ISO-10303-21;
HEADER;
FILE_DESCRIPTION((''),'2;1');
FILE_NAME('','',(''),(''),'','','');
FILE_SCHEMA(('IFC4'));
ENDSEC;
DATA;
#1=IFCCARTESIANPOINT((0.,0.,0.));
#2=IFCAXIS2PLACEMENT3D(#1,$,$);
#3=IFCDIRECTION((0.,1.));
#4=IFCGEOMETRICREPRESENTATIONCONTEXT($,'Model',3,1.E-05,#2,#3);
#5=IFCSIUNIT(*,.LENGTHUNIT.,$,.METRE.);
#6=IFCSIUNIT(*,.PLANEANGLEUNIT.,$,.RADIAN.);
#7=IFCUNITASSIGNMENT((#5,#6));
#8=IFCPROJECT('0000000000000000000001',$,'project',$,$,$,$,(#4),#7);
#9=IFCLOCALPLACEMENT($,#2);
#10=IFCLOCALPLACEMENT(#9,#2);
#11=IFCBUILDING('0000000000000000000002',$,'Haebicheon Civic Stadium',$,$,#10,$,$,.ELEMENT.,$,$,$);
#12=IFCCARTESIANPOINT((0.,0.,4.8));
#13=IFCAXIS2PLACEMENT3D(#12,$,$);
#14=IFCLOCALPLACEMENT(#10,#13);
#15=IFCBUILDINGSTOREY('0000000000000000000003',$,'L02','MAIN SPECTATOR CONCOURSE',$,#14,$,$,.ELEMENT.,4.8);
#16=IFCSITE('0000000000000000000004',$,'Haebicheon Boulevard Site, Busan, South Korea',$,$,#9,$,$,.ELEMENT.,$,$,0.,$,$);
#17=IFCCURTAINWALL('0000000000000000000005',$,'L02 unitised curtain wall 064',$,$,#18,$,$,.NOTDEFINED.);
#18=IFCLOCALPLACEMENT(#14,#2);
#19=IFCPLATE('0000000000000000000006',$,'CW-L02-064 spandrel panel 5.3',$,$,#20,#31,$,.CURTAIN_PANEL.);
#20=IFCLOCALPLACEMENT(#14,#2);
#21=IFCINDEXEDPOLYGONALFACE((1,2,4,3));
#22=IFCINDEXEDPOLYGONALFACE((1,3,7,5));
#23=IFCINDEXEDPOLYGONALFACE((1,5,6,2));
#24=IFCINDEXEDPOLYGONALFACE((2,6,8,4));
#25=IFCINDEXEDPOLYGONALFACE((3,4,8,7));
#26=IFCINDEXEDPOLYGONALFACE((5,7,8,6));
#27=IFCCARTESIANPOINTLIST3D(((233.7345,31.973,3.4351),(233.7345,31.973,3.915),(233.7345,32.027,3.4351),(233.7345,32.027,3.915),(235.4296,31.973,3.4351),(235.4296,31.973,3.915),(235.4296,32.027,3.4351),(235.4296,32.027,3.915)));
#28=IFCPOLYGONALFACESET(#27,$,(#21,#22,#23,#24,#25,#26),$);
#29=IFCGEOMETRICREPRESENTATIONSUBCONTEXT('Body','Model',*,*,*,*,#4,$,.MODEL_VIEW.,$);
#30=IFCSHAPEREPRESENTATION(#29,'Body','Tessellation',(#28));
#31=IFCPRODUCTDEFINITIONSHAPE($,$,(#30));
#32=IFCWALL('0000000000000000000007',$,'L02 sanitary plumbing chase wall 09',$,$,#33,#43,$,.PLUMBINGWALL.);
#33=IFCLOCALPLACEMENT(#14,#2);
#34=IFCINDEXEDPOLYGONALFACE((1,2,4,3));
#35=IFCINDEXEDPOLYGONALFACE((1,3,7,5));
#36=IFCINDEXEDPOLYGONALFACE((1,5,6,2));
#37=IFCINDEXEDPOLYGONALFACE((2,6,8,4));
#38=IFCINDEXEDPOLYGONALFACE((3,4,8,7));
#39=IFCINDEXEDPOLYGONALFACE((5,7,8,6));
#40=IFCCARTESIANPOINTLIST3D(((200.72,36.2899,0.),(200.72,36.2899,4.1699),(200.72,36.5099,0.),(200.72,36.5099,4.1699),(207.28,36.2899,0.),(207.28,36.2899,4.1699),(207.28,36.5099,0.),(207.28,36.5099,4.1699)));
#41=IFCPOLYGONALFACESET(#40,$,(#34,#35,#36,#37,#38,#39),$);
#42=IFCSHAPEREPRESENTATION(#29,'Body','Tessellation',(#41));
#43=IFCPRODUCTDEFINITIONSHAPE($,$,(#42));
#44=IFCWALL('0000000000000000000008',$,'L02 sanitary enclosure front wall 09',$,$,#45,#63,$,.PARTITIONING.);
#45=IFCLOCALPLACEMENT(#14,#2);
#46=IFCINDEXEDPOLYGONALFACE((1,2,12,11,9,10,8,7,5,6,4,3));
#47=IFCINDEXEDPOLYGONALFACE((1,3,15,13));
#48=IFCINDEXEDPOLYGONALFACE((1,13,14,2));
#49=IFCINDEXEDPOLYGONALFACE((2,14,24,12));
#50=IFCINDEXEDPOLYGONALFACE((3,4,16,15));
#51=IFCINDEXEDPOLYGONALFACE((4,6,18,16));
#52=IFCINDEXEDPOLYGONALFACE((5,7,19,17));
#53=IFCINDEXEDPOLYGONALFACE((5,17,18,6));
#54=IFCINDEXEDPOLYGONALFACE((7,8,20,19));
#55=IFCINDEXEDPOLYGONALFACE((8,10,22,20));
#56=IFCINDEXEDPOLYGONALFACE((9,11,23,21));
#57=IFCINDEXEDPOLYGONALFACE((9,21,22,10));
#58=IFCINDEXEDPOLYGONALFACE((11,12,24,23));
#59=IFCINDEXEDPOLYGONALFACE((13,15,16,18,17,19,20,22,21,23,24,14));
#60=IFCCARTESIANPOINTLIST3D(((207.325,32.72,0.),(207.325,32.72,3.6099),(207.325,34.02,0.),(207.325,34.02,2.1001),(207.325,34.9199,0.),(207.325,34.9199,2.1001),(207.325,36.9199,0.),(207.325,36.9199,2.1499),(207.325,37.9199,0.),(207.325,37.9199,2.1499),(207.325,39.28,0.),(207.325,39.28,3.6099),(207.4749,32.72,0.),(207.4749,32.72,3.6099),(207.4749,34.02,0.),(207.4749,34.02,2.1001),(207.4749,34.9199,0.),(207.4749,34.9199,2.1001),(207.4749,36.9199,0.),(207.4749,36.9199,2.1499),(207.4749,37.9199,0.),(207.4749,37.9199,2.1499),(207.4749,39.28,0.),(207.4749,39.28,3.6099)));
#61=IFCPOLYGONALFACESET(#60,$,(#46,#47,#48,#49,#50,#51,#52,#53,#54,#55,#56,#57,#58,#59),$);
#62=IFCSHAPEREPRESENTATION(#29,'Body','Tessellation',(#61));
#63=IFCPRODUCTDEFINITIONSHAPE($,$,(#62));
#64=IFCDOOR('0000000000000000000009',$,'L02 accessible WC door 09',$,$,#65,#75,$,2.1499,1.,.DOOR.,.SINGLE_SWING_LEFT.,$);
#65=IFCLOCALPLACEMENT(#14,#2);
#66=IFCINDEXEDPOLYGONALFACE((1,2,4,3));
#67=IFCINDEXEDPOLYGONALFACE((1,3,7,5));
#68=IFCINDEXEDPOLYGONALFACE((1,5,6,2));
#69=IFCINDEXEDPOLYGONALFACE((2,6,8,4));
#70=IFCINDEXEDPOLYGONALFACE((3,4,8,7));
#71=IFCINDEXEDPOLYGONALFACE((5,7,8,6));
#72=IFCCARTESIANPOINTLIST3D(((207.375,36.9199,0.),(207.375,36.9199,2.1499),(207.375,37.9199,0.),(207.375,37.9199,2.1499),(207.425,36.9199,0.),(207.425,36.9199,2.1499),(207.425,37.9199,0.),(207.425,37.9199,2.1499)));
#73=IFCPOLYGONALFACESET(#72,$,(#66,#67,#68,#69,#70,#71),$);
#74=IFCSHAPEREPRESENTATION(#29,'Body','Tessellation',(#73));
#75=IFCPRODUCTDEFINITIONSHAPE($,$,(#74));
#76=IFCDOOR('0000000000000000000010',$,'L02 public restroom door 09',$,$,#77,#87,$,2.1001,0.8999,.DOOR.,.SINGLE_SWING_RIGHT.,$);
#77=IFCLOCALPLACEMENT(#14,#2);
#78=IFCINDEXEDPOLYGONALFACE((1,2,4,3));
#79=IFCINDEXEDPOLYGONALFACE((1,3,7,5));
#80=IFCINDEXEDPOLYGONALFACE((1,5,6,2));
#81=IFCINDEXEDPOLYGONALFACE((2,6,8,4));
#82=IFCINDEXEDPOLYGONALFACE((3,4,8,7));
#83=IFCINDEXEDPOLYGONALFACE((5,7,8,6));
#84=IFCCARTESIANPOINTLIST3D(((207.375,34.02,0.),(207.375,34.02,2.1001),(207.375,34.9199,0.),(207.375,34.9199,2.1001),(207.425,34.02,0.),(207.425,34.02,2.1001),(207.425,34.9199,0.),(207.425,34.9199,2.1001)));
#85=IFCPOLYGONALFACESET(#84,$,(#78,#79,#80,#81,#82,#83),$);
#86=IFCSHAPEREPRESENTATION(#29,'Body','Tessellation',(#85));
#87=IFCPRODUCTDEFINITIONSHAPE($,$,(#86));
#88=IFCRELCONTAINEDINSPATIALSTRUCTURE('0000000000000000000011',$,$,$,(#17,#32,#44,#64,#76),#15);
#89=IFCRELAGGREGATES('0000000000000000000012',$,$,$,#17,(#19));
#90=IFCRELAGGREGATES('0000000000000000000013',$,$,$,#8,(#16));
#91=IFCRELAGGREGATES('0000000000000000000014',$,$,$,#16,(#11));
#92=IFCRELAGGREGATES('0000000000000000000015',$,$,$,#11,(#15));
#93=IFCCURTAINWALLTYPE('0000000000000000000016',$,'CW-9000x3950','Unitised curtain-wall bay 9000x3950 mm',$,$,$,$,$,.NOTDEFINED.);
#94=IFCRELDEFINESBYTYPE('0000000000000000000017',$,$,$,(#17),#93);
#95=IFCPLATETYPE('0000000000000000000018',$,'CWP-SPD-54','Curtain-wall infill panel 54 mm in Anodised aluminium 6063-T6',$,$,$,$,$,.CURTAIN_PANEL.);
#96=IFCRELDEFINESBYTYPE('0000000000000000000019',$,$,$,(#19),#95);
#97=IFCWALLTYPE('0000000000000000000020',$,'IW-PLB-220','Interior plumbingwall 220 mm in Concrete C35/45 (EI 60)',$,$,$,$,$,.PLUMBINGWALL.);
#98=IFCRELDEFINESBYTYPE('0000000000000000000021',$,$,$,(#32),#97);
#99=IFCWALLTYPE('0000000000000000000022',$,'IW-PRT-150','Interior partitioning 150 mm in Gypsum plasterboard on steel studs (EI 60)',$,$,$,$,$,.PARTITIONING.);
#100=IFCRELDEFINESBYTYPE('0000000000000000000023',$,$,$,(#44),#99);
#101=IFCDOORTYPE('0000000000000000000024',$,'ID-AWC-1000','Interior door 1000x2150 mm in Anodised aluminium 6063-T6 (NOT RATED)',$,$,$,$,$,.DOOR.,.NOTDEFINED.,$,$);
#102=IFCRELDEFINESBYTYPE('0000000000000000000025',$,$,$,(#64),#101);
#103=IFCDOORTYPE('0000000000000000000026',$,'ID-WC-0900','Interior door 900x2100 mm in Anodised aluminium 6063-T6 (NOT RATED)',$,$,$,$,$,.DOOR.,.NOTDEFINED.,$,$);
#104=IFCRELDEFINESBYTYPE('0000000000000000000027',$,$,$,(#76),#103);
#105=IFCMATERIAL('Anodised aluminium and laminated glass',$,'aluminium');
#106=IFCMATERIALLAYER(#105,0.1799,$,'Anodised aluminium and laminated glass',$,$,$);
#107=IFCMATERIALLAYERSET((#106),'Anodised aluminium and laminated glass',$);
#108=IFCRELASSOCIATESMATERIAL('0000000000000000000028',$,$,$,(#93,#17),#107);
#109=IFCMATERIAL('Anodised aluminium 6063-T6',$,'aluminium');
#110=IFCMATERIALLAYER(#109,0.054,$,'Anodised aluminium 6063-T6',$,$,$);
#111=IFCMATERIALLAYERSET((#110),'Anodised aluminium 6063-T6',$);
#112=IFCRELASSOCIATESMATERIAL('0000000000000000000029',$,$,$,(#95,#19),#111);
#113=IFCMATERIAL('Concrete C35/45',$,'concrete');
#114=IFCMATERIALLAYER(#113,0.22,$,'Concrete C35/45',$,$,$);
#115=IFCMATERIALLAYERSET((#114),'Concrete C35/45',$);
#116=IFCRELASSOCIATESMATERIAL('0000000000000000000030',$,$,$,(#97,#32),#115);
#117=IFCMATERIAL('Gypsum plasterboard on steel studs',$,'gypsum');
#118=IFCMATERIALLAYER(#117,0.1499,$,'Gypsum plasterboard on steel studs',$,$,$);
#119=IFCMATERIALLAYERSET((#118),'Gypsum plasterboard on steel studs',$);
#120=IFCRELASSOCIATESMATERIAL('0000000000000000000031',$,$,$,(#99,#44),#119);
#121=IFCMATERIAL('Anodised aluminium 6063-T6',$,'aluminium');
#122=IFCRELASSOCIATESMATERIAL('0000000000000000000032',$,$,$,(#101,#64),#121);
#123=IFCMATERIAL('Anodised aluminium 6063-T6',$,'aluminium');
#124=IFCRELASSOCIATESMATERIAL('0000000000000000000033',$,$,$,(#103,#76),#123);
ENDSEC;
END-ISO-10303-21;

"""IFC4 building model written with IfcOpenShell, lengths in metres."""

from ifc_helpers import new_model, si_unit, direction, frame, frame_2d, origin, origin_2d, place, context, subcontext, project, spatial, rectangle, extrude, material, layer, layer_set, type_object, element, fill, aggregate, save


model = new_model("IFC4")

# Units and contexts
model_context = context("Model", 3, precision=1e-05, world=origin(), true_north=direction((0.0, 1.0)))
body_context = subcontext(model_context, "Body", "Model", "MODEL_VIEW")
ifc_project = project(units=[si_unit("LENGTHUNIT", "METRE"), si_unit("PLANEANGLEUNIT", "RADIAN")], contexts=[model_context])

# Site, building, storey
site_placement = place(None, origin())
site = spatial("IfcSite", under=ifc_project, at=site_placement, Name="Haebicheon Boulevard Site, Busan, South Korea", CompositionType="ELEMENT", RefElevation=0.0)
building_placement = place(site_placement, origin())
building = spatial("IfcBuilding", under=site, at=building_placement, Name="Haebicheon Civic Stadium", CompositionType="ELEMENT")
storey_placement = place(building_placement, frame((0.0, 0.0, 4.8)))
storey = spatial("IfcBuildingStorey", under=building, at=storey_placement, Name="L02", Description="MAIN SPECTATOR CONCOURSE", CompositionType="ELEMENT", Elevation=4.8)

# Curtain wall
ifc_material_1 = material(Name="Anodised aluminium and laminated glass", Category="aluminium")
ifc_layer_1 = layer(ifc_material_1, 0.1799, Name="Anodised aluminium and laminated glass")
ifc_layer_set_1 = layer_set([ifc_layer_1], Name="Anodised aluminium and laminated glass")
curtain_wall_type = type_object("IfcCurtainWallType", Name="CW-9000x3950", Description="Unitised curtain-wall bay 9000x3950 mm", PredefinedType="NOTDEFINED", material=ifc_layer_set_1)
curtain_wall_placement = place(storey_placement, origin())
curtain_wall = element("IfcCurtainWall", 1, at=curtain_wall_placement, inside=storey, type_object=curtain_wall_type, material=ifc_layer_set_1, Name="L02 unitised curtain wall 064", PredefinedType="NOTDEFINED")

# Plate
ifc_material_2 = material(Name="Anodised aluminium 6063-T6", Category="aluminium")
ifc_layer_2 = layer(ifc_material_2, 0.054, Name="Anodised aluminium 6063-T6")
ifc_layer_set_2 = layer_set([ifc_layer_2], Name="Anodised aluminium 6063-T6")
plate_type_1 = type_object("IfcPlateType", Name="CWP-SPD-54", Description="Curtain-wall infill panel 54 mm in Anodised aluminium 6063-T6", PredefinedType="CURTAIN_PANEL", material=ifc_layer_set_2)
plate_1_placement = place(storey_placement, frame((234.582, 32.0, 3.4351), z_axis=(0.0, 0.0, 1.0), x_axis=(1.0, 0.0, 0.0)))
plate_1 = element("IfcPlate", 2, at=plate_1_placement, type_object=plate_type_1, material=ifc_layer_set_2, Name="CW-L02-064 spandrel panel 5.3", PredefinedType="CURTAIN_PANEL", context=body_context, shape_type="SweptSolid", body=[
    extrude(rectangle(XDim=1.6951, YDim=0.054, at=origin_2d()), origin(), (0.0, 0.0, 1.0), 0.48),
])
aggregate(curtain_wall, [plate_1])

# Wall
ifc_material_3 = material(Name="Concrete C35/45", Category="concrete")
ifc_layer_3 = layer(ifc_material_3, 0.22, Name="Concrete C35/45")
ifc_layer_set_3 = layer_set([ifc_layer_3], Name="Concrete C35/45")
wall_type_1 = type_object("IfcWallType", Name="IW-PLB-220", Description="Interior plumbingwall 220 mm in Concrete C35/45 (EI 60)", PredefinedType="PLUMBINGWALL", material=ifc_layer_set_3)
wall_1_placement = place(storey_placement, frame((200.72, 36.3999, 0.0), z_axis=(0.0, 0.0, 1.0), x_axis=(1.0, 0.0, 0.0)))
element("IfcWall", 3, at=wall_1_placement, inside=storey, type_object=wall_type_1, material=ifc_layer_set_3, Name="L02 sanitary plumbing chase wall 09", PredefinedType="PLUMBINGWALL", context=body_context, shape_type="SweptSolid", body=[
    extrude(rectangle(XDim=6.5601, YDim=0.22, at=frame_2d((3.28, 0.0))), origin(), (0.0, 0.0, 1.0), 4.1699),
])

# Wall, openings, doors
ifc_material_4 = material(Name="Gypsum plasterboard on steel studs", Category="gypsum")
ifc_layer_4 = layer(ifc_material_4, 0.1499, Name="Gypsum plasterboard on steel studs")
ifc_layer_set_4 = layer_set([ifc_layer_4], Name="Gypsum plasterboard on steel studs")
wall_type_2 = type_object("IfcWallType", Name="IW-PRT-150", Description="Interior partitioning 150 mm in Gypsum plasterboard on steel studs (EI 60)", PredefinedType="PARTITIONING", material=ifc_layer_set_4)
wall_2_placement = place(storey_placement, frame((207.3999, 32.72, 0.0), z_axis=(0.0, 0.0, 1.0), x_axis=(0.0, 1.0, 0.0)))
wall_2 = element("IfcWall", 4, at=wall_2_placement, inside=storey, type_object=wall_type_2, material=ifc_layer_set_4, Name="L02 sanitary enclosure front wall 09", PredefinedType="PARTITIONING", context=body_context, shape_type="SweptSolid", body=[
    extrude(rectangle(XDim=6.5601, YDim=0.1499, at=frame_2d((3.28, 0.0))), origin(), (0.0, 0.0, 1.0), 3.6099),
])
opening_1_placement = place(wall_2_placement, frame((1.3, 0.0, 0.0)))
opening_1 = element("IfcOpeningElement", 5, at=opening_1_placement, cuts=wall_2, PredefinedType="OPENING", context=body_context, shape_type="SweptSolid", body=[
    extrude(rectangle(XDim=0.8999, YDim=2.1001, at=frame_2d((0.45, 1.05))), frame((0.0, 0.085, 0.0), z_axis=(0.0, -1.0, 0.0), x_axis=(1.0, 0.0, 0.0)), (0.0, 0.0, 1.0), 0.1699),
])
opening_2_placement = place(wall_2_placement, frame((4.2, 0.0, 0.0)))
opening_2 = element("IfcOpeningElement", 6, at=opening_2_placement, cuts=wall_2, PredefinedType="OPENING", context=body_context, shape_type="SweptSolid", body=[
    extrude(rectangle(XDim=1.0, YDim=2.1499, at=frame_2d((0.5, 1.075))), frame((0.0, 0.085, 0.0), z_axis=(0.0, -1.0, 0.0), x_axis=(1.0, 0.0, 0.0)), (0.0, 0.0, 1.0), 0.1699),
])
ifc_material_5 = material(Name="Anodised aluminium 6063-T6", Category="aluminium")
door_type_1 = type_object("IfcDoorType", Name="ID-AWC-1000", Description="Interior door 1000x2150 mm in Anodised aluminium 6063-T6 (NOT RATED)", OperationType="NOTDEFINED", PredefinedType="DOOR", material=ifc_material_5)
door_1_placement = place(opening_2_placement, origin())
door_1 = element("IfcDoor", 7, at=door_1_placement, inside=storey, type_object=door_type_1, material=ifc_material_5, Name="L02 accessible WC door 09", OperationType="SINGLE_SWING_LEFT", OverallHeight=2.1499, OverallWidth=1.0, PredefinedType="DOOR", context=body_context, shape_type="SweptSolid", body=[
    extrude(rectangle(XDim=1.0, YDim=2.1499, at=frame_2d((0.5, 1.075))), frame((0.0, 0.0249, 0.0), z_axis=(0.0, -1.0, 0.0), x_axis=(1.0, 0.0, 0.0)), (0.0, 0.0, 1.0), 0.05),
])
fill(opening_2, door_1)
ifc_material_6 = material(Name="Anodised aluminium 6063-T6", Category="aluminium")
door_type_2 = type_object("IfcDoorType", Name="ID-WC-0900", Description="Interior door 900x2100 mm in Anodised aluminium 6063-T6 (NOT RATED)", OperationType="NOTDEFINED", PredefinedType="DOOR", material=ifc_material_6)
door_2_placement = place(opening_1_placement, origin())
door_2 = element("IfcDoor", 8, at=door_2_placement, inside=storey, type_object=door_type_2, material=ifc_material_6, Name="L02 public restroom door 09", OperationType="SINGLE_SWING_RIGHT", OverallHeight=2.1001, OverallWidth=0.8999, PredefinedType="DOOR", context=body_context, shape_type="SweptSolid", body=[
    extrude(rectangle(XDim=0.8999, YDim=2.1001, at=frame_2d((0.45, 1.05))), frame((0.0, 0.0249, 0.0), z_axis=(0.0, -1.0, 0.0), x_axis=(1.0, 0.0, 0.0)), (0.0, 0.0, 1.0), 0.05),
])
fill(opening_1, door_2)

save(model, "model.ifc")
